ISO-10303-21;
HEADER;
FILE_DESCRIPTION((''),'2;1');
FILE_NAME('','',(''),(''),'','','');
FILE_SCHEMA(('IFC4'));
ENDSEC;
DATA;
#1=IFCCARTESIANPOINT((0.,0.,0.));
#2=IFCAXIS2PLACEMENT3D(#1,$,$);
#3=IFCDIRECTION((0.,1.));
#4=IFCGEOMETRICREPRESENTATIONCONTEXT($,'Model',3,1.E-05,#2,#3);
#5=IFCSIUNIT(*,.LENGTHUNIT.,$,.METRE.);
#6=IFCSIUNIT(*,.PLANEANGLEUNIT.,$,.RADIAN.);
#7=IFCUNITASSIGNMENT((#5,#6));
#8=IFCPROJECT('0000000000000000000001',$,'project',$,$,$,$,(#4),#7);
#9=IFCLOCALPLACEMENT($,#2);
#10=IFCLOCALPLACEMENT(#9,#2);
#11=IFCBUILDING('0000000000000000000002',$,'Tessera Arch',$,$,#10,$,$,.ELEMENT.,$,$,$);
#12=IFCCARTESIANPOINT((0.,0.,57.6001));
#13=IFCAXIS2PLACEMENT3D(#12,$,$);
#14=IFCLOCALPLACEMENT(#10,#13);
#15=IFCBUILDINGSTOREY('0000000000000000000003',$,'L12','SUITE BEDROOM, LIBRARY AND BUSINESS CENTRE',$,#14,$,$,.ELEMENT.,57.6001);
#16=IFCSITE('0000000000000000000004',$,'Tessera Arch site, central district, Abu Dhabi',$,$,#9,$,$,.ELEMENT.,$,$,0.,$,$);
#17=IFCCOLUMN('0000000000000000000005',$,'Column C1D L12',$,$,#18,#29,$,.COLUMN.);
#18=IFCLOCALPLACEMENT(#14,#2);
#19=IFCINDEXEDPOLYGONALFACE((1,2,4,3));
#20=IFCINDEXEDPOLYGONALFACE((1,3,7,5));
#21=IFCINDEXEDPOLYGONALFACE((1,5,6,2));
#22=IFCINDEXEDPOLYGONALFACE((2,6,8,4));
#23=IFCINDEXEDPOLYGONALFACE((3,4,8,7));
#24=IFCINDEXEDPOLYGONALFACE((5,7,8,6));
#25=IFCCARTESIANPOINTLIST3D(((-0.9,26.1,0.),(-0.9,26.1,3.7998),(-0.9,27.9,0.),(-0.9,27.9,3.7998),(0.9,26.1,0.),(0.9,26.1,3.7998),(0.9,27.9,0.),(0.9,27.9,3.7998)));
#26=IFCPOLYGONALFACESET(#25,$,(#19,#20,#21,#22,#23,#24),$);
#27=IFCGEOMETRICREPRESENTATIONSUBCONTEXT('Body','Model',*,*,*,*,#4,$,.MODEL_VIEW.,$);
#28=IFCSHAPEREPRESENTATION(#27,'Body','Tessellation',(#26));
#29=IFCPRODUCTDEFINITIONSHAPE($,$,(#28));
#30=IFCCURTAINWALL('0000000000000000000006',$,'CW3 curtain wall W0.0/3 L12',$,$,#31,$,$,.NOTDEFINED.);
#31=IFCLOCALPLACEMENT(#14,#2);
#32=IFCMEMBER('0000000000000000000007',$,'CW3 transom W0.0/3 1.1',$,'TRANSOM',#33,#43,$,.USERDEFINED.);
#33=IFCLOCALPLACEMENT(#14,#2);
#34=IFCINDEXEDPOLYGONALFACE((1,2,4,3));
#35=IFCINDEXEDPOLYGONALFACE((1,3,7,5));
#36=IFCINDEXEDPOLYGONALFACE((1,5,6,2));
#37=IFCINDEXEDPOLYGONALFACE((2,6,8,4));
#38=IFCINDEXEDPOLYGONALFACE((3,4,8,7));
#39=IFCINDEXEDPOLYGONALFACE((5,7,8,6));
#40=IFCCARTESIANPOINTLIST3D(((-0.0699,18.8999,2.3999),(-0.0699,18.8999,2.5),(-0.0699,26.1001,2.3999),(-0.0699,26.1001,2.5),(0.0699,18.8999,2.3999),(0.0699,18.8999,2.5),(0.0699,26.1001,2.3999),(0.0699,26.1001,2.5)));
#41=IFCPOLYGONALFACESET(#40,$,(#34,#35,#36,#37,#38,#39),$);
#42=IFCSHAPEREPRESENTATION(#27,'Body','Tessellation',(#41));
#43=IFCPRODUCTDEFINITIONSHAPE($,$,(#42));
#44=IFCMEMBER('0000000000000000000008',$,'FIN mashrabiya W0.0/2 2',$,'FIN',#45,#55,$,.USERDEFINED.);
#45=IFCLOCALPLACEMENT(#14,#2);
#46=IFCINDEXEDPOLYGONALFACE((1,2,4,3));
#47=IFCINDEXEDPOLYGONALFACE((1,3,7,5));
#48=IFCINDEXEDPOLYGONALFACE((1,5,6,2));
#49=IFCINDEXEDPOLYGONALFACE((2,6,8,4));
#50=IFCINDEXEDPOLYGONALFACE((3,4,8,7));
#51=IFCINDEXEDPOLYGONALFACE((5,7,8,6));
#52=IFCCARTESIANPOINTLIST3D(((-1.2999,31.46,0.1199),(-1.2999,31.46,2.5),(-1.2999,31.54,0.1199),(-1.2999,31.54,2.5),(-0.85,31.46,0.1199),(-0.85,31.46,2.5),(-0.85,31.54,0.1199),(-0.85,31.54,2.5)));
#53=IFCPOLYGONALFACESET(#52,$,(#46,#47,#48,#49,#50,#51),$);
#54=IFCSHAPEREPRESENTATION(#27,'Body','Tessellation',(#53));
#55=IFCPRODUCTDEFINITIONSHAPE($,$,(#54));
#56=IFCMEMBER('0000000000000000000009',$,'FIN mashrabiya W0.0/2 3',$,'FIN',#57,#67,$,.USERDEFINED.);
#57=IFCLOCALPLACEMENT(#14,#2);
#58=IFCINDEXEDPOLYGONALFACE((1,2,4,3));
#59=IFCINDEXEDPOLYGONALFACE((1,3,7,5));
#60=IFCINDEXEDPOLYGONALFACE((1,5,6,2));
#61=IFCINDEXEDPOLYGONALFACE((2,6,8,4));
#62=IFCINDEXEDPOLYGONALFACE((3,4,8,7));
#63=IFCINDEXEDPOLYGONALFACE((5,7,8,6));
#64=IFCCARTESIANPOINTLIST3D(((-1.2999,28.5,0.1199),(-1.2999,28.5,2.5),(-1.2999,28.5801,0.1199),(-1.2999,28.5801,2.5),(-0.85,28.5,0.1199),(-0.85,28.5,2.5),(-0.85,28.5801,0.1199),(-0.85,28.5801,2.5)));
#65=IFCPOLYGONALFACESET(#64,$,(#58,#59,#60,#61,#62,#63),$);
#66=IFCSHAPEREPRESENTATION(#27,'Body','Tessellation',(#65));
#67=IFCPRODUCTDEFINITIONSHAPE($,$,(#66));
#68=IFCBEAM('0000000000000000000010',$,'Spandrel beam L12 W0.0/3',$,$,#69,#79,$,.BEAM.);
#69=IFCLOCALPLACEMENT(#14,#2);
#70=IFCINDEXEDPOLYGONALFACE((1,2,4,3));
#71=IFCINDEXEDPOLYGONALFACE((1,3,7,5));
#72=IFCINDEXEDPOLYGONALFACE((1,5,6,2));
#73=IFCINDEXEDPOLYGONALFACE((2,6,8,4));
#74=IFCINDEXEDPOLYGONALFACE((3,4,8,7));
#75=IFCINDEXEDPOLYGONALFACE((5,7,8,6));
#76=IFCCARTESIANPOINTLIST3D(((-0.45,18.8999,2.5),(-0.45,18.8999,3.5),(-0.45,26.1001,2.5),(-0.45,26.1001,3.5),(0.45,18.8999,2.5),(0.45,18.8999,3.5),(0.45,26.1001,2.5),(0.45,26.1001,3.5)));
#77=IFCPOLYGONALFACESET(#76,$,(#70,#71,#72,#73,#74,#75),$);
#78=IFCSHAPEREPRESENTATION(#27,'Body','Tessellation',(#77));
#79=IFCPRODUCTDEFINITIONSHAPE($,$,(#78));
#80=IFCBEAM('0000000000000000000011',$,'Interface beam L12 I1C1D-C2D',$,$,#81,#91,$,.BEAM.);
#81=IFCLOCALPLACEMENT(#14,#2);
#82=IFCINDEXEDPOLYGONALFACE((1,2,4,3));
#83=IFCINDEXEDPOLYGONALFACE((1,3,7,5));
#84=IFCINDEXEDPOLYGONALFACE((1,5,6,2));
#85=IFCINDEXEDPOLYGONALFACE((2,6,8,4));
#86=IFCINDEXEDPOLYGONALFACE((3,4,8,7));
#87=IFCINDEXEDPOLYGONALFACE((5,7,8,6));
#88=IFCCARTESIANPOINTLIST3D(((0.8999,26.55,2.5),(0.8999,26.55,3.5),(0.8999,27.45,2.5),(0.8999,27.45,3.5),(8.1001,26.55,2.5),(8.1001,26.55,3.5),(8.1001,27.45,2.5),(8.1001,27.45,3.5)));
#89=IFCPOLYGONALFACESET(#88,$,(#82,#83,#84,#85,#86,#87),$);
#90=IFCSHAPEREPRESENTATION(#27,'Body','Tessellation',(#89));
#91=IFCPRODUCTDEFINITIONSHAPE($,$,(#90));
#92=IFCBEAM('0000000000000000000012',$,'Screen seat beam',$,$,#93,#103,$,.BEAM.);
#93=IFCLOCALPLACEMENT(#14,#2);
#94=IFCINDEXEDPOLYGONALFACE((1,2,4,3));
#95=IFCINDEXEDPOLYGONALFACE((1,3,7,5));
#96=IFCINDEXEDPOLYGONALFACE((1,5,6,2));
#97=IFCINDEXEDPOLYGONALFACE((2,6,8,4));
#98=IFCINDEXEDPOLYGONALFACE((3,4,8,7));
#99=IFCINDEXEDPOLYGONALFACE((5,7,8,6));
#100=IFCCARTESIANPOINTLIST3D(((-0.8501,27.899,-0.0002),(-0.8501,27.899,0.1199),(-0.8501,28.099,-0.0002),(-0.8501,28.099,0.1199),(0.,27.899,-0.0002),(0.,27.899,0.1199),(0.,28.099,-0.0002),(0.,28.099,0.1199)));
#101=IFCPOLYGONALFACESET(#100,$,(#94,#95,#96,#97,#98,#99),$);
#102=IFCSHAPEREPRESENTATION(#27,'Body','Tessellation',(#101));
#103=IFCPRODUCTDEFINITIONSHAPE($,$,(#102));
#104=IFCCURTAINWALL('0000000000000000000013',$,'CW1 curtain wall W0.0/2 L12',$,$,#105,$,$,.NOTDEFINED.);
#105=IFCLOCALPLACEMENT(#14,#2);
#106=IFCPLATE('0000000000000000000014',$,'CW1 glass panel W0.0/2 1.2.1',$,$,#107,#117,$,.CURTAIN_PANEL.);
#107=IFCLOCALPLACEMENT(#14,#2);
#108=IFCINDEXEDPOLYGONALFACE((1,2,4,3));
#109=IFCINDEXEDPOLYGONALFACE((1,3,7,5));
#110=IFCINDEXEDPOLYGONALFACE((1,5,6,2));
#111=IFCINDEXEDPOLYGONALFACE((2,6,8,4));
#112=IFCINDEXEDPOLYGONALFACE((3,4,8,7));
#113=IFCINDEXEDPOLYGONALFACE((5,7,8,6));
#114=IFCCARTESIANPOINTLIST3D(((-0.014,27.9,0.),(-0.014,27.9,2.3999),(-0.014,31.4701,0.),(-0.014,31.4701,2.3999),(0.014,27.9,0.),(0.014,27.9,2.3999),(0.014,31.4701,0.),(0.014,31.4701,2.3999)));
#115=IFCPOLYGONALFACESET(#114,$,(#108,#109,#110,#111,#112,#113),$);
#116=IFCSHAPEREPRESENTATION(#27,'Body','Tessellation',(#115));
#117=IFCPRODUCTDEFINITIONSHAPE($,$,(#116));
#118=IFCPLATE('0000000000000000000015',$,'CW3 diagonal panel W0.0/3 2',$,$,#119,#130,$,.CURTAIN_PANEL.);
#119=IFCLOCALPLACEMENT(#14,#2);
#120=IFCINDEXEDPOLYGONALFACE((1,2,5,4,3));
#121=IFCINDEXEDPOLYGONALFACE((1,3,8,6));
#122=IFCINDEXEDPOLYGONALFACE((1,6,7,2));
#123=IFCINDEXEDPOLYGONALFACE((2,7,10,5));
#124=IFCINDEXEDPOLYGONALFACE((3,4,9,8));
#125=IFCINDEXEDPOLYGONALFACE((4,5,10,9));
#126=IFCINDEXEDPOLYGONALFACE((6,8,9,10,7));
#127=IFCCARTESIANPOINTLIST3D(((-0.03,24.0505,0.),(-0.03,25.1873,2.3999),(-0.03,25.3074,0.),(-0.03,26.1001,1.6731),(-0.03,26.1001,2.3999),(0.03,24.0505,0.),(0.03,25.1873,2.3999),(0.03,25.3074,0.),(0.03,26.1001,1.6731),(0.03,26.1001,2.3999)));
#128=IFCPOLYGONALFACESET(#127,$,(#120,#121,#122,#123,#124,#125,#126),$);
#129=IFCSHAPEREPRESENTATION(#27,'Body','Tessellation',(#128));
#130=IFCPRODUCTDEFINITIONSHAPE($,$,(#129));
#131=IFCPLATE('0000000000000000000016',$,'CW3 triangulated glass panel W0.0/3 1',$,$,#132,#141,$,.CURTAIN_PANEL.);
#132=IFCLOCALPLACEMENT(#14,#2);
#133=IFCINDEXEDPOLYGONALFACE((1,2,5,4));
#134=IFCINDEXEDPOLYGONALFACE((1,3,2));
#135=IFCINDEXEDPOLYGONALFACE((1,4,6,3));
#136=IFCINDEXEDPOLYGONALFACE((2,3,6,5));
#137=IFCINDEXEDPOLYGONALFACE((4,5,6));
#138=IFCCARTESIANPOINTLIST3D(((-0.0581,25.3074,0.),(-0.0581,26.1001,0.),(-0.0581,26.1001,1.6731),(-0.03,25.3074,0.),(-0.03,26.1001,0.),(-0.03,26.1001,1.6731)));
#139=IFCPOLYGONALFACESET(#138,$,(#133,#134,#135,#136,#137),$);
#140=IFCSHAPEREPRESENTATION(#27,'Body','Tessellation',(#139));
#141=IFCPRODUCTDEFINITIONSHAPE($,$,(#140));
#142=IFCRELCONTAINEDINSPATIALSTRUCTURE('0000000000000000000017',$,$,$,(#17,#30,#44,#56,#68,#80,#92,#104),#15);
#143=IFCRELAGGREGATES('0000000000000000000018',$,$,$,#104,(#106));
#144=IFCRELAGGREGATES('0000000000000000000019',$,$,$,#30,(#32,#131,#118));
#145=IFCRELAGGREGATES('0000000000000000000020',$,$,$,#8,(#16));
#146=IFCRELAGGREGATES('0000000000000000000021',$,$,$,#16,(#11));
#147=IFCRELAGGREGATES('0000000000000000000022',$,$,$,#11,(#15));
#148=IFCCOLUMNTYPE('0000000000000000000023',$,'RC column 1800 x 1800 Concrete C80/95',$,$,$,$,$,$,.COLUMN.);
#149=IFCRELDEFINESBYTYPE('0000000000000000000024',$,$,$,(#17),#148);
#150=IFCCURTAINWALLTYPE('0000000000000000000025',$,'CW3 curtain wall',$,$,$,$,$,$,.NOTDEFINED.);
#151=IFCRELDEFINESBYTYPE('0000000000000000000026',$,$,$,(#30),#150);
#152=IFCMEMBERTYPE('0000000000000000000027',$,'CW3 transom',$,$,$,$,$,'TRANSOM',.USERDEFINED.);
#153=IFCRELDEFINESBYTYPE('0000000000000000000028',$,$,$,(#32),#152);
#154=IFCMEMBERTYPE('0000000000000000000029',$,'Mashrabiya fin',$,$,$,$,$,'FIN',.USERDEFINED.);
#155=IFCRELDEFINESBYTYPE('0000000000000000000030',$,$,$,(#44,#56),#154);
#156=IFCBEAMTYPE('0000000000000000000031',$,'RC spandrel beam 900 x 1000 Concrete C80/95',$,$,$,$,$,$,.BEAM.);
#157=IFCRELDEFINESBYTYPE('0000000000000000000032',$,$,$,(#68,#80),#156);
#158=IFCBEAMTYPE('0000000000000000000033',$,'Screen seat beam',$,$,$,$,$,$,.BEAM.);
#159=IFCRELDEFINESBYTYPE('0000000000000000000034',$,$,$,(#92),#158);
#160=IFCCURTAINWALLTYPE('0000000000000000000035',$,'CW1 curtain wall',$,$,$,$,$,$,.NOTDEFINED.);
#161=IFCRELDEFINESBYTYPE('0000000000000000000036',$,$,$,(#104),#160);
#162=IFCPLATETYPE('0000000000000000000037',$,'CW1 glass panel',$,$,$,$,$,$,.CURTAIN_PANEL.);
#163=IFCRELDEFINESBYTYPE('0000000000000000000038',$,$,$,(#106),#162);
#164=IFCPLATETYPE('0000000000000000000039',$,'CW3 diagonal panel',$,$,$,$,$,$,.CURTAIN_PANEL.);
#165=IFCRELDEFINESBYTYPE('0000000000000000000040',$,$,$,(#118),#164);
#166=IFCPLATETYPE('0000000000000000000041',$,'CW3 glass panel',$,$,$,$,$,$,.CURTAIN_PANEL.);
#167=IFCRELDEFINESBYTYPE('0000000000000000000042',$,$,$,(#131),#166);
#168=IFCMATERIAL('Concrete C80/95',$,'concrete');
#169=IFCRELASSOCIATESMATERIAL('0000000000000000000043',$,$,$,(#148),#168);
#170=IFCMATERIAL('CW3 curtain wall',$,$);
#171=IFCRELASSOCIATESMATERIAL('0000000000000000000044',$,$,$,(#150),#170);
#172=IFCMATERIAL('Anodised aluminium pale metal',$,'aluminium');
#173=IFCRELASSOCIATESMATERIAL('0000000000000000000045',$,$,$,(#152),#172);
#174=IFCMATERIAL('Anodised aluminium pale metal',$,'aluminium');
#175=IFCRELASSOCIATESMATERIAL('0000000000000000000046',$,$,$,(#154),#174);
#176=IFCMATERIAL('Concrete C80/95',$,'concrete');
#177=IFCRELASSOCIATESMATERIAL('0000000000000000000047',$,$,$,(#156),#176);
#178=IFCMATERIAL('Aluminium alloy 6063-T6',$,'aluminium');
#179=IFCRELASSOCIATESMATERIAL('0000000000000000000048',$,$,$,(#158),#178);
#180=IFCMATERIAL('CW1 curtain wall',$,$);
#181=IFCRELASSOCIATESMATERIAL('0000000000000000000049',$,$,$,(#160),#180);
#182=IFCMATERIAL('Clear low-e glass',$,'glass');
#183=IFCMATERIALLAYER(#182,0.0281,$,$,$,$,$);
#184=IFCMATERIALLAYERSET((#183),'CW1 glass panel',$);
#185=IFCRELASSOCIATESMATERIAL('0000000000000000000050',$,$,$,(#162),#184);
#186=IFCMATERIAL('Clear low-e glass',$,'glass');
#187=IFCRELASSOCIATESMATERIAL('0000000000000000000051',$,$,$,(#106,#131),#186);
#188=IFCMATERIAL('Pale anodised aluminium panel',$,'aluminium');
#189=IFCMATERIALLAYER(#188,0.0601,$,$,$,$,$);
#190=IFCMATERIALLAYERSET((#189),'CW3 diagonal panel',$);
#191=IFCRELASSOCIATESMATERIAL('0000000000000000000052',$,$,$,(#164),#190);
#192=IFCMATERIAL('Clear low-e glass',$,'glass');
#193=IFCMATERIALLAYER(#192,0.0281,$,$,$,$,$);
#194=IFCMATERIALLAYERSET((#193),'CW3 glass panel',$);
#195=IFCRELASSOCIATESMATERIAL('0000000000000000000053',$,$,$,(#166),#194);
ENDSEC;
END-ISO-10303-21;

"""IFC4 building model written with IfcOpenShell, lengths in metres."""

from ifc_helpers import new_model, si_unit, direction, frame, origin, origin_2d, place, context, subcontext, project, spatial, polyline, rectangle, outline, extrude, material, layer, layer_set, material_profile, profile_set, type_object, element, aggregate, save


model = new_model("IFC4")

# Units and contexts
model_context = context("Model", 3, precision=1e-05, world=origin(), true_north=direction((0.0, 1.0)))
body_context = subcontext(model_context, "Body", "Model", "MODEL_VIEW")
ifc_project = project(units=[si_unit("LENGTHUNIT", "METRE"), si_unit("PLANEANGLEUNIT", "RADIAN")], contexts=[model_context])

# Site, building, storey
site_placement = place(None, origin())
site = spatial("IfcSite", under=ifc_project, at=site_placement, Name="Tessera Arch site, central district, Abu Dhabi", CompositionType="ELEMENT", RefElevation=0.0)
building_placement = place(site_placement, origin())
building = spatial("IfcBuilding", under=site, at=building_placement, Name="Tessera Arch", CompositionType="ELEMENT")
storey_placement = place(building_placement, frame((0.0, 0.0, 57.6001)))
storey = spatial("IfcBuildingStorey", under=building, at=storey_placement, Name="L12", Description="SUITE BEDROOM, LIBRARY AND BUSINESS CENTRE", CompositionType="ELEMENT", Elevation=57.6001)

# Column
ifc_material_1 = material(Name="Concrete C80/95", Category="concrete")
ifc_material_profile_1 = material_profile(ifc_material_1, rectangle(XDim=1.8, YDim=1.8, at=origin_2d()), Name="RC column 1800 x 1800 Concrete C80/95")
ifc_profile_set_1 = profile_set([ifc_material_profile_1], Name="Concrete C80/95")
column_type = type_object("IfcColumnType", Name="RC column 1800 x 1800 Concrete C80/95", PredefinedType="COLUMN", material=ifc_profile_set_1)
column_placement = place(storey_placement, frame((0.0, 27.0, 0.0), z_axis=(0.0, 0.0, 1.0), x_axis=(1.0, 0.0, 0.0)))
element("IfcColumn", 1, at=column_placement, inside=storey, type_object=column_type, Name="Column C1D L12", PredefinedType="COLUMN", context=body_context, shape_type="SweptSolid", body=[
    extrude(rectangle(XDim=1.8, YDim=1.8, at=origin_2d()), origin(), (0.0, 0.0, 1.0), 3.7998),
])

# Curtain wall, member
ifc_material_2 = material(Name="CW3 curtain wall")
curtain_wall_type_1 = type_object("IfcCurtainWallType", Name="CW3 curtain wall", PredefinedType="NOTDEFINED", material=ifc_material_2)
curtain_wall_1_placement = place(storey_placement, origin())
curtain_wall_1 = element("IfcCurtainWall", 2, at=curtain_wall_1_placement, inside=storey, type_object=curtain_wall_type_1, Name="CW3 curtain wall W0.0/3 L12", PredefinedType="NOTDEFINED")
ifc_material_3 = material(Name="Anodised aluminium pale metal", Category="aluminium")
ifc_material_profile_2 = material_profile(ifc_material_3, rectangle(XDim=0.1399, YDim=0.1001, at=origin_2d()), Name="AL 140x100")
ifc_profile_set_2 = profile_set([ifc_material_profile_2], Name="Anodised aluminium pale metal")
member_type_1 = type_object("IfcMemberType", Name="CW3 transom", ElementType="TRANSOM", PredefinedType="USERDEFINED", material=ifc_profile_set_2)
member_placement = place(storey_placement, frame((0.0, 26.1001, 2.45), z_axis=(0.0, -1.0, 0.0), x_axis=(1.0, 0.0, 0.0)))
member = element("IfcMember", 3, at=member_placement, type_object=member_type_1, Name="CW3 transom W0.0/3 1.1", ObjectType="TRANSOM", PredefinedType="USERDEFINED", context=body_context, shape_type="SweptSolid", body=[
    extrude(rectangle(XDim=0.1399, YDim=0.1001, at=origin_2d()), origin(), (0.0, 0.0, 1.0), 7.2002),
])

# Members
ifc_material_4 = material(Name="Anodised aluminium pale metal", Category="aluminium")
ifc_material_profile_3 = material_profile(ifc_material_4, rectangle(XDim=0.45, YDim=0.0801, at=origin_2d()), Name="AL 80x450")
ifc_profile_set_3 = profile_set([ifc_material_profile_3], Name="Anodised aluminium pale metal")
member_type_2 = type_object("IfcMemberType", Name="Mashrabiya fin", ElementType="FIN", PredefinedType="USERDEFINED", material=ifc_profile_set_3)
for number, where, z_axis, x_axis, name in (
    (4, (-1.075, 31.5, 0.1199), (0.0, 0.0, 1.0), (-1.0, 0.0, 0.0), "FIN mashrabiya W0.0/2 2"),
    (5, (-1.075, 28.54, 0.1199), (0.0, 0.0, 1.0), (-1.0, 0.0, 0.0), "FIN mashrabiya W0.0/2 3"),
):
    element("IfcMember", number, at=place(storey_placement, frame(where, z_axis=z_axis, x_axis=x_axis)), inside=storey, type_object=member_type_2, Name=name, ObjectType="FIN", PredefinedType="USERDEFINED", context=body_context, shape_type="SweptSolid", body=[
        extrude(rectangle(XDim=0.45, YDim=0.0801, at=origin_2d()), origin(), (0.0, 0.0, 1.0), 2.3801),
    ])

# Beams
ifc_material_5 = material(Name="Concrete C80/95", Category="concrete")
ifc_material_profile_4 = material_profile(ifc_material_5, rectangle(XDim=0.8999, YDim=1.0, at=origin_2d()), Name="RC spandrel beam 900 x 1000 Concrete C80/95")
ifc_profile_set_4 = profile_set([ifc_material_profile_4], Name="Concrete C80/95")
beam_type_1 = type_object("IfcBeamType", Name="RC spandrel beam 900 x 1000 Concrete C80/95", PredefinedType="BEAM", material=ifc_profile_set_4)
for number, where, z_axis, x_axis, name in (
    (6, (0.0, 26.1001, 3.0), (0.0, -1.0, 0.0), (1.0, 0.0, 0.0), "Spandrel beam L12 W0.0/3"),
    (7, (0.8999, 27.0, 3.0), (1.0, 0.0, 0.0), (0.0, 1.0, 0.0), "Interface beam L12 I1C1D-C2D"),
):
    element("IfcBeam", number, at=place(storey_placement, frame(where, z_axis=z_axis, x_axis=x_axis)), inside=storey, type_object=beam_type_1, Name=name, PredefinedType="BEAM", context=body_context, shape_type="SweptSolid", body=[
        extrude(rectangle(XDim=0.8999, YDim=1.0, at=origin_2d()), origin(), (0.0, 0.0, 1.0), 7.2002),
    ])
ifc_material_6 = material(Name="Aluminium alloy 6063-T6", Category="aluminium")
ifc_material_profile_5 = material_profile(ifc_material_6, rectangle(XDim=0.2, YDim=0.1201, at=origin_2d()), Name="AL 200x120")
ifc_profile_set_5 = profile_set([ifc_material_profile_5], Name="Aluminium alloy 6063-T6")
beam_type_2 = type_object("IfcBeamType", Name="Screen seat beam", PredefinedType="BEAM", material=ifc_profile_set_5)
beam_placement = place(storey_placement, frame((0.0, 27.999, 0.0598), z_axis=(-1.0, 0.0, 0.0), x_axis=(0.0, -1.0, 0.0)))
element("IfcBeam", 8, at=beam_placement, inside=storey, type_object=beam_type_2, Name="Screen seat beam", PredefinedType="BEAM", context=body_context, shape_type="SweptSolid", body=[
    extrude(rectangle(XDim=0.2, YDim=0.1201, at=origin_2d()), origin(), (0.0, 0.0, 1.0), 0.8501),
])

# Curtain wall, plate
ifc_material_7 = material(Name="CW1 curtain wall")
curtain_wall_type_2 = type_object("IfcCurtainWallType", Name="CW1 curtain wall", PredefinedType="NOTDEFINED", material=ifc_material_7)
curtain_wall_2_placement = place(storey_placement, origin())
curtain_wall_2 = element("IfcCurtainWall", 9, at=curtain_wall_2_placement, inside=storey, type_object=curtain_wall_type_2, Name="CW1 curtain wall W0.0/2 L12", PredefinedType="NOTDEFINED")
ifc_material_8 = material(Name="Clear low-e glass", Category="glass")
ifc_material_9 = material(Name="Clear low-e glass", Category="glass")
ifc_layer_1 = layer(ifc_material_9, 0.0281)
ifc_layer_set_1 = layer_set([ifc_layer_1], Name="CW1 glass panel")
plate_type_1 = type_object("IfcPlateType", Name="CW1 glass panel", PredefinedType="CURTAIN_PANEL", material=ifc_layer_set_1)
plate_1_placement = place(storey_placement, frame((0.0, 29.6851, 0.0), z_axis=(0.0, 0.0, 1.0), x_axis=(0.0, -1.0, 0.0)))
plate_1 = element("IfcPlate", 10, at=plate_1_placement, type_object=plate_type_1, material=ifc_material_8, Name="CW1 glass panel W0.0/2 1.2.1", PredefinedType="CURTAIN_PANEL", context=body_context, shape_type="SweptSolid", body=[
    extrude(rectangle(XDim=3.5701, YDim=0.0281, at=origin_2d()), origin(), (0.0, 0.0, 1.0), 2.3999),
])
aggregate(curtain_wall_2, [plate_1])

# Plates
ifc_material_10 = material(Name="Pale anodised aluminium panel", Category="aluminium")
ifc_layer_2 = layer(ifc_material_10, 0.0601)
ifc_layer_set_2 = layer_set([ifc_layer_2], Name="CW3 diagonal panel")
plate_type_2 = type_object("IfcPlateType", Name="CW3 diagonal panel", PredefinedType="CURTAIN_PANEL", material=ifc_layer_set_2)
plate_2_placement = place(storey_placement, frame((-0.03, 26.1001, 2.3999), z_axis=(-1.0, 0.0, 0.0), x_axis=(0.0, 0.0, -1.0)))
plate_2 = element("IfcPlate", 11, at=plate_2_placement, type_object=plate_type_2, Name="CW3 diagonal panel W0.0/3 2", PredefinedType="CURTAIN_PANEL", context=body_context, shape_type="SweptSolid", body=[
    extrude(outline(polyline([(0.0, 0.0), (0.7268, 0.0), (2.3999, 0.7927), (2.3999, 2.0496), (0.0, 0.9128), (0.0, 0.0)])), origin(), (0.0, 0.0, -1.0), 0.0601),
])
ifc_material_11 = material(Name="Clear low-e glass", Category="glass")
ifc_layer_3 = layer(ifc_material_11, 0.0281)
ifc_layer_set_3 = layer_set([ifc_layer_3], Name="CW3 glass panel")
plate_type_3 = type_object("IfcPlateType", Name="CW3 glass panel", PredefinedType="CURTAIN_PANEL", material=ifc_layer_set_3)
plate_3_placement = place(storey_placement, frame((-0.0581, 26.1001, 0.0), z_axis=(-1.0, 0.0, 0.0), x_axis=(0.0, -1.0, 0.0)))
plate_3 = element("IfcPlate", 12, at=plate_3_placement, type_object=plate_type_3, material=ifc_material_8, Name="CW3 triangulated glass panel W0.0/3 1", PredefinedType="CURTAIN_PANEL", context=body_context, shape_type="SweptSolid", body=[
    extrude(outline(polyline([(0.0, 0.0), (0.7927, 0.0), (0.0, 1.6731), (0.0, 0.0)])), origin(), (0.0, 0.0, -1.0), 0.0281),
])
aggregate(curtain_wall_1, [member, plate_3, plate_2])

save(model, "model.ifc")
